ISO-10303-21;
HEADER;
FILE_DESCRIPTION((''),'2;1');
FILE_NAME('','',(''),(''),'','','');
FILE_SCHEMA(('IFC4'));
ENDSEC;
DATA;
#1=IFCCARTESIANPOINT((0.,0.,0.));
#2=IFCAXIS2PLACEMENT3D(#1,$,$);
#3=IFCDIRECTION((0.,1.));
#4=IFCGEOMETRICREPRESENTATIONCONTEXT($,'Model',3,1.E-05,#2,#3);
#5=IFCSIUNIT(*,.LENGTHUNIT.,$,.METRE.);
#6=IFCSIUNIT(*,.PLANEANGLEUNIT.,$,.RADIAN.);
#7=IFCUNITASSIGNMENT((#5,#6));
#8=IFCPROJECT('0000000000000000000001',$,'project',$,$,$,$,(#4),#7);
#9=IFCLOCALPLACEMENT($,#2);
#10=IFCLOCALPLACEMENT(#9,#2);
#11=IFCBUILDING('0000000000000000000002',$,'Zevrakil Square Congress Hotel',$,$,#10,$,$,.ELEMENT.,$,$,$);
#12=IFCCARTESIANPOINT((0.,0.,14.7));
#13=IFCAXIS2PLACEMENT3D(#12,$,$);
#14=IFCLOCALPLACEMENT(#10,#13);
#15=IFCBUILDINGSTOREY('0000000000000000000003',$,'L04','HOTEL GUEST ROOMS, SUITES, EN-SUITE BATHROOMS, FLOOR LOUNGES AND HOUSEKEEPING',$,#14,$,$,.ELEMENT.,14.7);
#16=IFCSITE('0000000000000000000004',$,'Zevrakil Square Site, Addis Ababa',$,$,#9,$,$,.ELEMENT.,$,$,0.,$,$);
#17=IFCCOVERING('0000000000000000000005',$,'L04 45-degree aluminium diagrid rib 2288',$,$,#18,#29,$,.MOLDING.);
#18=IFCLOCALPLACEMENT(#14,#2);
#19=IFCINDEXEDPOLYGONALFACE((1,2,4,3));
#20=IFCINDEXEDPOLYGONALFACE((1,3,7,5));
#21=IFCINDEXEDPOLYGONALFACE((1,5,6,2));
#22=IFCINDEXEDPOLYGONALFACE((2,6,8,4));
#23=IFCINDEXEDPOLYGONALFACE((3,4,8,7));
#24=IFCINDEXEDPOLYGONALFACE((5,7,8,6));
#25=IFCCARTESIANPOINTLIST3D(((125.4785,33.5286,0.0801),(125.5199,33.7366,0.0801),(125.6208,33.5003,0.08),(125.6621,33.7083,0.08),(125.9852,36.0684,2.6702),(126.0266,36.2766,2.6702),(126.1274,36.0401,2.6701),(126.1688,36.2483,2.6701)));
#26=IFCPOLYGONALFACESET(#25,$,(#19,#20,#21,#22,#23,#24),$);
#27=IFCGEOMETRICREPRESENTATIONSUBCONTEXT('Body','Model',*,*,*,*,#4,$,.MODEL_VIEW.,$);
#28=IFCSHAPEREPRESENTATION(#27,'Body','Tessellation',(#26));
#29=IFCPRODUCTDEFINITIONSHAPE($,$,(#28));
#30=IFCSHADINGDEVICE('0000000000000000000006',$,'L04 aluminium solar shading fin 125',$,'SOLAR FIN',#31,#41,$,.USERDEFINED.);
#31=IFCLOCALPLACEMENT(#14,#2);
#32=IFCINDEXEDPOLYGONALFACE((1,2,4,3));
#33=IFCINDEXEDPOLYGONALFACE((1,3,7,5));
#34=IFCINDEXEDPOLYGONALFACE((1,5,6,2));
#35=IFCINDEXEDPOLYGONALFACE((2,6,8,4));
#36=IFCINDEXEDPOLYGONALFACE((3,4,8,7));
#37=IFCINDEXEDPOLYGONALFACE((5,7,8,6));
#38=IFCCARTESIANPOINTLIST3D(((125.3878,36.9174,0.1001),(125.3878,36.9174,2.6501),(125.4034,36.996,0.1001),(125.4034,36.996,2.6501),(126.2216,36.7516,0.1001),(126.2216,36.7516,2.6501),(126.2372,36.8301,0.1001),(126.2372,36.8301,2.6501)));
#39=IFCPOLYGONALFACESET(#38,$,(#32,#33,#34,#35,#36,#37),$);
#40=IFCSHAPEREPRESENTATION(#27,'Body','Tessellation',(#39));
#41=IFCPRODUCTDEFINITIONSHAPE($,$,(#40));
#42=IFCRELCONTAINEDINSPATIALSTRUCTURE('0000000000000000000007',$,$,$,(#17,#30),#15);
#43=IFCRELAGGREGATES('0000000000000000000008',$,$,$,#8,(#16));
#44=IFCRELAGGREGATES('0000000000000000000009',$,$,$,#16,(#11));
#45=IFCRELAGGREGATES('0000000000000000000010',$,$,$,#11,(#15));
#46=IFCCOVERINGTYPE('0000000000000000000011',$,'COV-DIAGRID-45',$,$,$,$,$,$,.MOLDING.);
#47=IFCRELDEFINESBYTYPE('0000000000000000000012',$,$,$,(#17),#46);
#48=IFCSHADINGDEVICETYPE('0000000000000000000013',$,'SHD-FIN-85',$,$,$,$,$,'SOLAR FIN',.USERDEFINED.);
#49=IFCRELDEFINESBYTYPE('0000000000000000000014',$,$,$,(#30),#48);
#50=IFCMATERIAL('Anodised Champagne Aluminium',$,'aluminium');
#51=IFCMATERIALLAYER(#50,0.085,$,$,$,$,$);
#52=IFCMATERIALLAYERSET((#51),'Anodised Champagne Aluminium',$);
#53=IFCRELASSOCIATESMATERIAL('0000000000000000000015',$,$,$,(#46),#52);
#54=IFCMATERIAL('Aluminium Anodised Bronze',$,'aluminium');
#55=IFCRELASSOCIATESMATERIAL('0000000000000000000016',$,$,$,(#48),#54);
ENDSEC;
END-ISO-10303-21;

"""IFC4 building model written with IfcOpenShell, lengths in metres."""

from ifc_helpers import new_model, si_unit, direction, frame, origin, origin_2d, place, context, subcontext, project, spatial, polyline, rectangle, outline, extrude, material, layer, layer_set, type_object, element, save


model = new_model("IFC4")

# Units and contexts
model_context = context("Model", 3, precision=1e-05, world=origin(), true_north=direction((0.0, 1.0)))
body_context = subcontext(model_context, "Body", "Model", "MODEL_VIEW")
ifc_project = project(units=[si_unit("LENGTHUNIT", "METRE"), si_unit("PLANEANGLEUNIT", "RADIAN")], contexts=[model_context])

# Site, building, storey
site_placement = place(None, origin())
site = spatial("IfcSite", under=ifc_project, at=site_placement, Name="Zevrakil Square Site, Addis Ababa", CompositionType="ELEMENT", RefElevation=0.0)
building_placement = place(site_placement, origin())
building = spatial("IfcBuilding", under=site, at=building_placement, Name="Zevrakil Square Congress Hotel", CompositionType="ELEMENT")
storey_placement = place(building_placement, frame((0.0, 0.0, 14.7)))
storey = spatial("IfcBuildingStorey", under=building, at=storey_placement, Name="L04", Description="HOTEL GUEST ROOMS, SUITES, EN-SUITE BATHROOMS, FLOOR LOUNGES AND HOUSEKEEPING", CompositionType="ELEMENT", Elevation=14.7)

# Covering
ifc_material_1 = material(Name="Anodised Champagne Aluminium", Category="aluminium")
ifc_layer_1 = layer(ifc_material_1, 0.085)
ifc_layer_set_1 = layer_set([ifc_layer_1], Name="Anodised Champagne Aluminium")
covering_type_1 = type_object("IfcCoveringType", Name="COV-DIAGRID-45", PredefinedType="MOLDING", material=ifc_layer_set_1)
covering_1_placement = place(storey_placement, frame((126.0266, 36.2766, 2.6702), z_axis=(-0.980801, 0.19501, 0.000647), x_axis=(-0.19501, -0.980801, 0.0)))
element("IfcCovering", 1, at=covering_1_placement, inside=storey, type_object=covering_type_1, Name="L04 45-degree aluminium diagrid rib 2288", PredefinedType="MOLDING", context=body_context, shape_type="SweptSolid", body=[
    extrude(outline(polyline([(0.0, 0.0), (0.2123, 0.0), (2.8022, -2.5901), (2.5901, -2.5901), (0.0, 0.0)])), origin(), (0.0, 0.0, -1.0), 0.145),
])

# Shading device
ifc_material_2 = material(Name="Aluminium Anodised Bronze", Category="aluminium")
shading_device_type = type_object("IfcShadingDeviceType", Name="SHD-FIN-85", ElementType="SOLAR FIN", PredefinedType="USERDEFINED", material=ifc_material_2)
shading_device_placement = place(storey_placement, frame((125.8125, 36.8738, 0.1001), z_axis=(0.0, 0.0, 1.0), x_axis=(-0.980785, 0.19509, 0.0)))
element("IfcShadingDevice", 2, at=shading_device_placement, inside=storey, type_object=shading_device_type, Name="L04 aluminium solar shading fin 125", ObjectType="SOLAR FIN", PredefinedType="USERDEFINED", context=body_context, shape_type="SweptSolid", body=[
    extrude(rectangle(XDim=0.8501, YDim=0.0801, at=origin_2d()), origin(), (0.0, 0.0, 1.0), 2.55),
])

save(model, "model.ifc")
